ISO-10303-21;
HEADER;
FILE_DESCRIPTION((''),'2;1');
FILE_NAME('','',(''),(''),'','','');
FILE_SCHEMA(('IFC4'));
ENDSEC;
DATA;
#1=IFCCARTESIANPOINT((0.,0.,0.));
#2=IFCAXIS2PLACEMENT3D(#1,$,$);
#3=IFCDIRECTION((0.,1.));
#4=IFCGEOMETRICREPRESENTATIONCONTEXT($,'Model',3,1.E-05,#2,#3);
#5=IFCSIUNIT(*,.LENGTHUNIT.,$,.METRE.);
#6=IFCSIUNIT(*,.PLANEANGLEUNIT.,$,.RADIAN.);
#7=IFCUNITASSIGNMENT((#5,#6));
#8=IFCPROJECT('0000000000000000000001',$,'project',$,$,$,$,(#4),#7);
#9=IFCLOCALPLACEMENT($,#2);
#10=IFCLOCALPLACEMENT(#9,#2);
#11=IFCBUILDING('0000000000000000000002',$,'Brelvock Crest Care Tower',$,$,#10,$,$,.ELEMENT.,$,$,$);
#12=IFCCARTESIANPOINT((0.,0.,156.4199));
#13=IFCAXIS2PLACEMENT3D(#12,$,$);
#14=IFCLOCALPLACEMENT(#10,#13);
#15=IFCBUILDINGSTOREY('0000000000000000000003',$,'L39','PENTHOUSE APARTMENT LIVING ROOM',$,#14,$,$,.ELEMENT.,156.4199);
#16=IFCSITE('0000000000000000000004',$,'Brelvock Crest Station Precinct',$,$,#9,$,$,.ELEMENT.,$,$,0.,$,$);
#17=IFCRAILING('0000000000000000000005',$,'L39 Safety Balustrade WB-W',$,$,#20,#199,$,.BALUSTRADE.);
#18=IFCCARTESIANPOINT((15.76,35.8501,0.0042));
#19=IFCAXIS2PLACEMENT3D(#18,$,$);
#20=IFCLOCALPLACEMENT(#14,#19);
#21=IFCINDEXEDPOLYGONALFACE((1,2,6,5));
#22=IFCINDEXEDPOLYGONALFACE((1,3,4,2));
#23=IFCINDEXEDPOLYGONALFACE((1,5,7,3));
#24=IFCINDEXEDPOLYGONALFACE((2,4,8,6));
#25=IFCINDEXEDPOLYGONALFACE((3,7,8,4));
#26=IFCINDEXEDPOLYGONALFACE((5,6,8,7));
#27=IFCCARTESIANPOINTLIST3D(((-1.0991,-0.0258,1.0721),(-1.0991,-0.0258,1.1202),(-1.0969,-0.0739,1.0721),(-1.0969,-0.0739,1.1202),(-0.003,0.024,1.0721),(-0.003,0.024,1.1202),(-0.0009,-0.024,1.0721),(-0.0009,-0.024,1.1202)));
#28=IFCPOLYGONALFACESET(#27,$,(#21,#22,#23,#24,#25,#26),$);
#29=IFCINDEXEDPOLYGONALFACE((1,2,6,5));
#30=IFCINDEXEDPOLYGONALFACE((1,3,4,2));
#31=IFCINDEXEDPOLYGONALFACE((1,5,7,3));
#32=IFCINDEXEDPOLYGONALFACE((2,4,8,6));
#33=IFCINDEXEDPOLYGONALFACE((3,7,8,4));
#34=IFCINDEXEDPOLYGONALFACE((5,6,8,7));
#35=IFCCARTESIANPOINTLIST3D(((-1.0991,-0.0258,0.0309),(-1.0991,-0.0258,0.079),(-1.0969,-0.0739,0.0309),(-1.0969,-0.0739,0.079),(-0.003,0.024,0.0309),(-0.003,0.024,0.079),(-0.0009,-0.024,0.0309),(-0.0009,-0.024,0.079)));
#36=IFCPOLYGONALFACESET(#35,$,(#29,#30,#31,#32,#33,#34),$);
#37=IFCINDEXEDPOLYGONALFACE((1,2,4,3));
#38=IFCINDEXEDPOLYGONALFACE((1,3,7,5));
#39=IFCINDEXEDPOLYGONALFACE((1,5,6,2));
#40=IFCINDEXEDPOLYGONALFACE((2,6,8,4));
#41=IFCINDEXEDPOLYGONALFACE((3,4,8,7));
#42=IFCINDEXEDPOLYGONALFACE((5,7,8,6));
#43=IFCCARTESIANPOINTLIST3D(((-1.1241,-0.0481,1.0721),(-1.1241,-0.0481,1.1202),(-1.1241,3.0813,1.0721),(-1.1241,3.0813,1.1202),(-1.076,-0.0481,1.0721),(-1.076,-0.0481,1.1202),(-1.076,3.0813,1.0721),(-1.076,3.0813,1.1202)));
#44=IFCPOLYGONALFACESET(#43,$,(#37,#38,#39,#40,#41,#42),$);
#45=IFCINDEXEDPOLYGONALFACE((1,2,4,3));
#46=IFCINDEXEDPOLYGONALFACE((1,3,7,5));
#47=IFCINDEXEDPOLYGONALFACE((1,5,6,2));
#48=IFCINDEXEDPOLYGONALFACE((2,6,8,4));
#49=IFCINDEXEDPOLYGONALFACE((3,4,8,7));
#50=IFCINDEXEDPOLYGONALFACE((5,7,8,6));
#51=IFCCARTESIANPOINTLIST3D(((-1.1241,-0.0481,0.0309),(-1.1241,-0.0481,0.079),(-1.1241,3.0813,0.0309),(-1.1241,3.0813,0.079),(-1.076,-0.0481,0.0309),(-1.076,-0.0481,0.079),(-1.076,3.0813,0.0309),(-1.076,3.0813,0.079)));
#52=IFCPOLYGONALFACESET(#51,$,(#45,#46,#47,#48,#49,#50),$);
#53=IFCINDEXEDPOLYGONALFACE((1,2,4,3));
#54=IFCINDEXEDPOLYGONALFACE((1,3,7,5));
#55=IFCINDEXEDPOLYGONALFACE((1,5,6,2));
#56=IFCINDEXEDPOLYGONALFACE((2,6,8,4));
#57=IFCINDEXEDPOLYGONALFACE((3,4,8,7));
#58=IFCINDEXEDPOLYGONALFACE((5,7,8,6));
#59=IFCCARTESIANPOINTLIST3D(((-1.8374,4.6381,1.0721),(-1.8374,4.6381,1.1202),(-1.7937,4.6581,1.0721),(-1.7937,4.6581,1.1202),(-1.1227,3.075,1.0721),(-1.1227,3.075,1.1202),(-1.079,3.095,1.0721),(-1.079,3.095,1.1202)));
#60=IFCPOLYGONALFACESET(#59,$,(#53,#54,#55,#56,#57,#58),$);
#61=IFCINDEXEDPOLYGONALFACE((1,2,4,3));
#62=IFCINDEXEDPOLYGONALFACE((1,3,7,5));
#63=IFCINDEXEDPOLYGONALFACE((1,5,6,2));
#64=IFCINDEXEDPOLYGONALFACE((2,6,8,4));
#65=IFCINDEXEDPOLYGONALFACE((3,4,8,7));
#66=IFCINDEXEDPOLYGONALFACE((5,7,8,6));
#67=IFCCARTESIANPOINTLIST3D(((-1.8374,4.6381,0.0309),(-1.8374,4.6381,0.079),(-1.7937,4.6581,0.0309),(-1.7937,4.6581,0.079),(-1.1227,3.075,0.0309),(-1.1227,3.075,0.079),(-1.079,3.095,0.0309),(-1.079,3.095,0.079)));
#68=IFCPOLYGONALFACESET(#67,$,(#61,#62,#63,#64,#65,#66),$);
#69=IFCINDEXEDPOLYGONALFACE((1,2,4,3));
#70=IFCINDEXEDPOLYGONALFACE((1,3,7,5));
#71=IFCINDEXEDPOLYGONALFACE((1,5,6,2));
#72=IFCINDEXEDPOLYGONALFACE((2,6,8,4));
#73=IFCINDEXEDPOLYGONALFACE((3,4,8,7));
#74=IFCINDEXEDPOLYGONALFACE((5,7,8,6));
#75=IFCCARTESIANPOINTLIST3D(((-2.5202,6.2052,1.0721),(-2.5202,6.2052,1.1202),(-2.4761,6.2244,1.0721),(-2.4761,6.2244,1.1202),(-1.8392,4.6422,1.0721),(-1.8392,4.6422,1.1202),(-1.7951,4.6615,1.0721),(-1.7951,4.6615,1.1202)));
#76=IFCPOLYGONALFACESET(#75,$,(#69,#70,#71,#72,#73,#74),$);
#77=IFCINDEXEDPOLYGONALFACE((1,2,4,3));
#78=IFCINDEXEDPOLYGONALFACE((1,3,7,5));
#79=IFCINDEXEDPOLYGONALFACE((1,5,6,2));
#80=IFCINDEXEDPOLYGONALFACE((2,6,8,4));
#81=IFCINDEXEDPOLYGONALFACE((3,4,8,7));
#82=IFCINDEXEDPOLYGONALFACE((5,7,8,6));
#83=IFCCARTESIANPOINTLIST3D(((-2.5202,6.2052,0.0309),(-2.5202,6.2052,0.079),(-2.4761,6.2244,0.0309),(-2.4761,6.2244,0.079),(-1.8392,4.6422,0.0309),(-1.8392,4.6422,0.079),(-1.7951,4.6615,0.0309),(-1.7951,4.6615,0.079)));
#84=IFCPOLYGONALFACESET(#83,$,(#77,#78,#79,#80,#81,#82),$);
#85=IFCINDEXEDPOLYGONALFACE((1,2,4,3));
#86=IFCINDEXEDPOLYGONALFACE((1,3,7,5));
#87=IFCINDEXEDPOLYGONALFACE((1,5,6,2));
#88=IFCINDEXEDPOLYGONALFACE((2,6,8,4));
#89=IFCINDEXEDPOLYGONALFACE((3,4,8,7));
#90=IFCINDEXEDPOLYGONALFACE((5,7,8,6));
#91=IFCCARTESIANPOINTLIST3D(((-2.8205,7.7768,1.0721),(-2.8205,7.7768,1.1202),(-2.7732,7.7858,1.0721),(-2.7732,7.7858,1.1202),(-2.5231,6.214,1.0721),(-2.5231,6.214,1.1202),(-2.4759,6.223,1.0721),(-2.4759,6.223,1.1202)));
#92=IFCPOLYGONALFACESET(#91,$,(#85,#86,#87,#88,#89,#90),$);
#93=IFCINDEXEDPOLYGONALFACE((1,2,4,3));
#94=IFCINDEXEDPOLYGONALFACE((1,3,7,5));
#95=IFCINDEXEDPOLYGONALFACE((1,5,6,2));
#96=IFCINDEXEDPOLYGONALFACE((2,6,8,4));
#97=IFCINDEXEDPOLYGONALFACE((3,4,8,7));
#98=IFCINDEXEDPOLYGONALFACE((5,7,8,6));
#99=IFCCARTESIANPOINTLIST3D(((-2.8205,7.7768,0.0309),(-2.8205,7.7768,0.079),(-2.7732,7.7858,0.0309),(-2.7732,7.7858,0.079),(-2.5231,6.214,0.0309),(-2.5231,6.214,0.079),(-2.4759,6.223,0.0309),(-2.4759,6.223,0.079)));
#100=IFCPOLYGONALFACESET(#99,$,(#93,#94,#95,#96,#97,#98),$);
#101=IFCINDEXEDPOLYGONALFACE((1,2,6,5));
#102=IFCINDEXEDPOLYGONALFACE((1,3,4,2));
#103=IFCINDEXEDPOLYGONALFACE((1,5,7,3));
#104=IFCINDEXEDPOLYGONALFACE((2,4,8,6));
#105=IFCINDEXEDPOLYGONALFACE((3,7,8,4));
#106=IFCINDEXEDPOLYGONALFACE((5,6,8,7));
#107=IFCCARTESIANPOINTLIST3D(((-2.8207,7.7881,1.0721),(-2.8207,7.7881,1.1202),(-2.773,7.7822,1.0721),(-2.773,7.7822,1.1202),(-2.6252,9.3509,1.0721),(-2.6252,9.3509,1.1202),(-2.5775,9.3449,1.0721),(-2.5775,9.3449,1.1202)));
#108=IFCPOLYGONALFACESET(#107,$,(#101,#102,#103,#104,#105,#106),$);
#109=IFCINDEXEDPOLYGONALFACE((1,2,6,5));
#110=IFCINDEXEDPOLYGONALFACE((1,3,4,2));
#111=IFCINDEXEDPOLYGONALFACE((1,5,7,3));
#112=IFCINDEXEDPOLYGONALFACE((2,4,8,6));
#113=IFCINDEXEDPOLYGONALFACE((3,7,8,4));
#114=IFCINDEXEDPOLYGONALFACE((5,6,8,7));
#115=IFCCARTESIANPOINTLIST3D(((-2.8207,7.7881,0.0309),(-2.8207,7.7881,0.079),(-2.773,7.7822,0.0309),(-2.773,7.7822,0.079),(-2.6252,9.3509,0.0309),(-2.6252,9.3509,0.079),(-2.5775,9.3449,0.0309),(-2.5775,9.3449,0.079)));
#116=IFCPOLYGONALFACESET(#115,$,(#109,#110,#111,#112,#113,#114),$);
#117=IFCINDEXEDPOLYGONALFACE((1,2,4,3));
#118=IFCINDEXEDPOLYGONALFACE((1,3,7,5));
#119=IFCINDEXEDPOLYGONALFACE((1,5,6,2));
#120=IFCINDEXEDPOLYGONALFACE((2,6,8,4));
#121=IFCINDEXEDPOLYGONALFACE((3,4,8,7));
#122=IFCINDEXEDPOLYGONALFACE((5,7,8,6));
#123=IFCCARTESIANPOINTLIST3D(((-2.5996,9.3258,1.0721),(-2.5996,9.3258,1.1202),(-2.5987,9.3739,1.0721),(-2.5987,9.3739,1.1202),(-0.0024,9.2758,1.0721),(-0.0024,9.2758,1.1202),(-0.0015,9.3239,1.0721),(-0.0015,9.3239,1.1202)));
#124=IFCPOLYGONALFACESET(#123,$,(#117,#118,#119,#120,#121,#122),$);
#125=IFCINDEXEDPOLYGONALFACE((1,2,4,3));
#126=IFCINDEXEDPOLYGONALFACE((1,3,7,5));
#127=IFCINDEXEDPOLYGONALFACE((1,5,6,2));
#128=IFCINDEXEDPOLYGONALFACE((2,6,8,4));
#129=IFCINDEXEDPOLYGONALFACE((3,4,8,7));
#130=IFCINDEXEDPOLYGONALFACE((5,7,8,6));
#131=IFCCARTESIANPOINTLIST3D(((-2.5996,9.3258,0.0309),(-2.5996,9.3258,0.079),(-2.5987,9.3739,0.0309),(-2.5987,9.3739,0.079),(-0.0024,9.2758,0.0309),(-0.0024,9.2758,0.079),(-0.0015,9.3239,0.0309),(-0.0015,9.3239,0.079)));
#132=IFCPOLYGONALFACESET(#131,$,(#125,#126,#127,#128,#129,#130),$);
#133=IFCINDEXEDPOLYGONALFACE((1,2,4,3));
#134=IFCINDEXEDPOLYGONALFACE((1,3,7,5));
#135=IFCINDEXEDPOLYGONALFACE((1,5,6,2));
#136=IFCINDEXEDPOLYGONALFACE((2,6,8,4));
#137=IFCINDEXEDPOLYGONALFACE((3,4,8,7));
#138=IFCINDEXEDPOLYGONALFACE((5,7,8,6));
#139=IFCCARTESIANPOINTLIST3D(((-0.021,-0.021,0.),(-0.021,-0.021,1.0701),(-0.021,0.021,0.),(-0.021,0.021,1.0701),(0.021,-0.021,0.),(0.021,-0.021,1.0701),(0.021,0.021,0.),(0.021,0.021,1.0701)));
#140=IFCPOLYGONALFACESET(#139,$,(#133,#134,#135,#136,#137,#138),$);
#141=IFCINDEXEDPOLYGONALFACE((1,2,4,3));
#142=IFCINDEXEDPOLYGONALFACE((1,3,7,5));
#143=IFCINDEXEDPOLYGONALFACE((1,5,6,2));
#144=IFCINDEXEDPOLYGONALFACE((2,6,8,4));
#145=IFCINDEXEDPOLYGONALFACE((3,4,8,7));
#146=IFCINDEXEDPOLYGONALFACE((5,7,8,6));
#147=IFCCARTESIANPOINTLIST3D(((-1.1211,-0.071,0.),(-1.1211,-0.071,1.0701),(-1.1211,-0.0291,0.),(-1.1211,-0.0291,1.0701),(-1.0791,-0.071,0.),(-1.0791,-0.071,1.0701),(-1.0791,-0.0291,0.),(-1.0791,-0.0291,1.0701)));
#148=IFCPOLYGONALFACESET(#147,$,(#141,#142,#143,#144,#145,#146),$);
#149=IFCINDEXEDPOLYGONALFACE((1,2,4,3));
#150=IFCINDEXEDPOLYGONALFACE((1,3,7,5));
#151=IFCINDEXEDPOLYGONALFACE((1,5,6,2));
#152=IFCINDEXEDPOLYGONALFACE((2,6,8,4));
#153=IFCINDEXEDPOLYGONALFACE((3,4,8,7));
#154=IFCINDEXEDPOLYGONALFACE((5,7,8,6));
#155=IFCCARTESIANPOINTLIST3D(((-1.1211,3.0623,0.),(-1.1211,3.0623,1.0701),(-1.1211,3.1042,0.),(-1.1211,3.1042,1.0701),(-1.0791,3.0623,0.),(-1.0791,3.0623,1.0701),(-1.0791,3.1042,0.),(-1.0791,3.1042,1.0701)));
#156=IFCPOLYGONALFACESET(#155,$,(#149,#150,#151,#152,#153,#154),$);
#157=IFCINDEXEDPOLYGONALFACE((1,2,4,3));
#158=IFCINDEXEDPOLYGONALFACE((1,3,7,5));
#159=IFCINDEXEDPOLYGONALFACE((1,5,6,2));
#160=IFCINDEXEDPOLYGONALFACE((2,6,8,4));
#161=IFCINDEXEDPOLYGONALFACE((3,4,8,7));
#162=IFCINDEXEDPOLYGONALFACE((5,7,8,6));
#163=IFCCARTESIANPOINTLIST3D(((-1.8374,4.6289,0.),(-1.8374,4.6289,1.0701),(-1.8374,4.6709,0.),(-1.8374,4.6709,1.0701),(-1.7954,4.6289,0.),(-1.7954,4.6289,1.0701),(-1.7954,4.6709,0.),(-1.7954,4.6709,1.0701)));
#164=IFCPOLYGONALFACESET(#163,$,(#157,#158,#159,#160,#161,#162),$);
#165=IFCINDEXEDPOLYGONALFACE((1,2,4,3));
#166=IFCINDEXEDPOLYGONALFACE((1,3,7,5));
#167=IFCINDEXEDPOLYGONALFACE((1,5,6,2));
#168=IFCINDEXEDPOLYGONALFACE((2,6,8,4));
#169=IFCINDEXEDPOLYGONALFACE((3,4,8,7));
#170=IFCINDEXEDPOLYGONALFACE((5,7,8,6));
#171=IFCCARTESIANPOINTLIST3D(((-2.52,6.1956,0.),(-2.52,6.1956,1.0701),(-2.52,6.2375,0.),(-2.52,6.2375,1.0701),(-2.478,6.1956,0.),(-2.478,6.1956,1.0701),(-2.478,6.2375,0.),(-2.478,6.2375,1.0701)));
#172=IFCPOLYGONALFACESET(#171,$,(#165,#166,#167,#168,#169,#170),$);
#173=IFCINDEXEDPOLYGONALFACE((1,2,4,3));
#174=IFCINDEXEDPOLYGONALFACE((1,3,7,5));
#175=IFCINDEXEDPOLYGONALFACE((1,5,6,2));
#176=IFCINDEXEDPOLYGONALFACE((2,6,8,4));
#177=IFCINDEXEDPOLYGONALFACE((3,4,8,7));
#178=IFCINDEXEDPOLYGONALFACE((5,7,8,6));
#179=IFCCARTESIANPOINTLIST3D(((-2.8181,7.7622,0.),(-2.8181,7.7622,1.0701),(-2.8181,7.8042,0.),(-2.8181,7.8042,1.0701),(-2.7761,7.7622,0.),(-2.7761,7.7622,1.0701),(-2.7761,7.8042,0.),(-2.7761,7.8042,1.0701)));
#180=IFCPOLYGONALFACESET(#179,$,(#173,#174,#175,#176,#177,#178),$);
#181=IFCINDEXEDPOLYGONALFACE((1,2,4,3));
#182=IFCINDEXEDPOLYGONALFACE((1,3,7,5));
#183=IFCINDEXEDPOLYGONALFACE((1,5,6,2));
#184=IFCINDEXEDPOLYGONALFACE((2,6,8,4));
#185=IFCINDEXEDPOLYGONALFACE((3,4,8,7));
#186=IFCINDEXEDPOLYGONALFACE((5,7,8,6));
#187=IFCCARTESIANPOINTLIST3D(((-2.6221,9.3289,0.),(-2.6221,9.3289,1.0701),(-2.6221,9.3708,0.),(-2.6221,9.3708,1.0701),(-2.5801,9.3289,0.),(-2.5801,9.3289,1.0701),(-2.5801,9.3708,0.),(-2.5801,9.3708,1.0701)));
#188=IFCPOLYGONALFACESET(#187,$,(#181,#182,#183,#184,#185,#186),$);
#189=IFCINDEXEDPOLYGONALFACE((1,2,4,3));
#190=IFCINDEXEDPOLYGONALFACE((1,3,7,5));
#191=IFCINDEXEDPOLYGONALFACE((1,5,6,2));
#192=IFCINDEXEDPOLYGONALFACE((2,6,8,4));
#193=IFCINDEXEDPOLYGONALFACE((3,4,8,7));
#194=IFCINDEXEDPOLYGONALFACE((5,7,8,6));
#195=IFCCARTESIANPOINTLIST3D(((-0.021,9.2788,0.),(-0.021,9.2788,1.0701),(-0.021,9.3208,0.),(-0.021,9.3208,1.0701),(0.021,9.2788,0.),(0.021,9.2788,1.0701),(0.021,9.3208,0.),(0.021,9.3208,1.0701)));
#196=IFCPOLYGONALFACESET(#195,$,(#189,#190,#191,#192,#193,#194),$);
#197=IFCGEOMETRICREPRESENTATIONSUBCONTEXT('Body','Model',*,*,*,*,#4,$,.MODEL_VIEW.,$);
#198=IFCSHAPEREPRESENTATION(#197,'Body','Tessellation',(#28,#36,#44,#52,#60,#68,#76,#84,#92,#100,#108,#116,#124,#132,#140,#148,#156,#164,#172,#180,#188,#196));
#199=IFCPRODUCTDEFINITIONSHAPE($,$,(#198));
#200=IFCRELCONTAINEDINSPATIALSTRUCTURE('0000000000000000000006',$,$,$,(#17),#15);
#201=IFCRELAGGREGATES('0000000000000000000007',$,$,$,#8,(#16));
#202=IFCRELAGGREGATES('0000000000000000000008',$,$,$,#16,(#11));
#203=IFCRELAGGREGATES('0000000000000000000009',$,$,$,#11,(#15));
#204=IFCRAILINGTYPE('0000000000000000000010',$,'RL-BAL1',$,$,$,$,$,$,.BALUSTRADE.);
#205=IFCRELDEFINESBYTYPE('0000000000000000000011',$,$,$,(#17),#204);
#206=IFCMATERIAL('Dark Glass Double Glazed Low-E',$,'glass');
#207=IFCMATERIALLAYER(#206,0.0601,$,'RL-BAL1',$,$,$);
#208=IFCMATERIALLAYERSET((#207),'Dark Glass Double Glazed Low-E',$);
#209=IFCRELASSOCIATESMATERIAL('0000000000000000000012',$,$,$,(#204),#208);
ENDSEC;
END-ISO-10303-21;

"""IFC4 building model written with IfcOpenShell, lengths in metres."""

from ifc_helpers import new_model, si_unit, direction, frame, origin, origin_2d, place, context, subcontext, project, spatial, rectangle, extrude, material, layer, layer_set, type_object, element, save


model = new_model("IFC4")

# Units and contexts
model_context = context("Model", 3, precision=1e-05, world=origin(), true_north=direction((0.0, 1.0)))
body_context = subcontext(model_context, "Body", "Model", "MODEL_VIEW")
ifc_project = project(units=[si_unit("LENGTHUNIT", "METRE"), si_unit("PLANEANGLEUNIT", "RADIAN")], contexts=[model_context])

# Site, building, storey
site_placement = place(None, origin())
site = spatial("IfcSite", under=ifc_project, at=site_placement, Name="Brelvock Crest Station Precinct", CompositionType="ELEMENT", RefElevation=0.0)
building_placement = place(site_placement, origin())
building = spatial("IfcBuilding", under=site, at=building_placement, Name="Brelvock Crest Care Tower", CompositionType="ELEMENT")
storey_placement = place(building_placement, frame((0.0, 0.0, 156.4199)))
storey = spatial("IfcBuildingStorey", under=building, at=storey_placement, Name="L39", Description="PENTHOUSE APARTMENT LIVING ROOM", CompositionType="ELEMENT", Elevation=156.4199)

# Shared definitions
ifc_material_1 = material(Name="Dark Glass Double Glazed Low-E", Category="glass")

# Railing
ifc_layer_1 = layer(ifc_material_1, 0.0601, Name="RL-BAL1")
ifc_layer_set_1 = layer_set([ifc_layer_1], Name="Dark Glass Double Glazed Low-E")
railing_type = type_object("IfcRailingType", Name="RL-BAL1", PredefinedType="BALUSTRADE", material=ifc_layer_set_1)
railing_placement = place(storey_placement, frame((15.76, 35.8501, 0.0042)))
element("IfcRailing", 1, at=railing_placement, inside=storey, type_object=railing_type, Name="L39 Safety Balustrade WB-W", PredefinedType="BALUSTRADE", context=body_context, shape_type="SweptSolid", body=[
    extrude(rectangle(XDim=0.0481, YDim=0.0481, at=origin_2d()), frame((-0.002, 0.0, 1.0962), z_axis=(-0.998967, -0.045448, 0.0), x_axis=(0.045448, -0.998967, 0.0)), (0.0, 0.0, 1.0), 1.0972),
    extrude(rectangle(XDim=0.0481, YDim=0.0481, at=origin_2d()), frame((-0.002, 0.0, 0.0549), z_axis=(-0.998967, -0.045448, 0.0), x_axis=(0.045448, -0.998967, 0.0)), (0.0, 0.0, 1.0), 1.0972),
    extrude(rectangle(XDim=0.0481, YDim=0.0481, at=origin_2d()), frame((-1.1001, -0.0481, 1.0962), z_axis=(0.0, 1.0, 0.0), x_axis=(-1.0, 0.0, 0.0)), (0.0, 0.0, 1.0), 3.1294),
    extrude(rectangle(XDim=0.0481, YDim=0.0481, at=origin_2d()), frame((-1.1001, -0.0481, 0.0549), z_axis=(0.0, 1.0, 0.0), x_axis=(-1.0, 0.0, 0.0)), (0.0, 0.0, 1.0), 3.1294),
    extrude(rectangle(XDim=0.0481, YDim=0.0481, at=origin_2d()), frame((-1.1008, 3.085, 1.0962), z_axis=(-0.41582, 0.909447, 0.0), x_axis=(-0.909447, -0.41582, 0.0)), (0.0, 0.0, 1.0), 1.7188),
    extrude(rectangle(XDim=0.0481, YDim=0.0481, at=origin_2d()), frame((-1.1008, 3.085, 0.0549), z_axis=(-0.41582, 0.909447, 0.0), x_axis=(-0.909447, -0.41582, 0.0)), (0.0, 0.0, 1.0), 1.7188),
    extrude(rectangle(XDim=0.0481, YDim=0.0481, at=origin_2d()), frame((-1.8171, 4.6519, 1.0962), z_axis=(-0.399447, 0.916756, 0.0), x_axis=(-0.916756, -0.399447, 0.0)), (0.0, 0.0, 1.0), 1.7048),
    extrude(rectangle(XDim=0.0481, YDim=0.0481, at=origin_2d()), frame((-1.8171, 4.6519, 0.0549), z_axis=(-0.399447, 0.916756, 0.0), x_axis=(-0.916756, -0.399447, 0.0)), (0.0, 0.0, 1.0), 1.7048),
    extrude(rectangle(XDim=0.0481, YDim=0.0481, at=origin_2d()), frame((-2.4995, 6.2185, 1.0962), z_axis=(-0.186922, 0.982375, 0.0), x_axis=(-0.982375, -0.186922, 0.0)), (0.0, 0.0, 1.0), 1.5908),
    extrude(rectangle(XDim=0.0481, YDim=0.0481, at=origin_2d()), frame((-2.4995, 6.2185, 0.0549), z_axis=(-0.186922, 0.982375, 0.0), x_axis=(-0.982375, -0.186922, 0.0)), (0.0, 0.0, 1.0), 1.5908),
    extrude(rectangle(XDim=0.0481, YDim=0.0481, at=origin_2d()), frame((-2.7969, 7.7852, 1.0962), z_axis=(0.124168, 0.992261, 0.0), x_axis=(-0.992261, 0.124168, 0.0)), (0.0, 0.0, 1.0), 1.575),
    extrude(rectangle(XDim=0.0481, YDim=0.0481, at=origin_2d()), frame((-2.7969, 7.7852, 0.0549), z_axis=(0.124168, 0.992261, 0.0), x_axis=(-0.992261, 0.124168, 0.0)), (0.0, 0.0, 1.0), 1.575),
    extrude(rectangle(XDim=0.0481, YDim=0.0481, at=origin_2d()), frame((-2.5991, 9.3499, 1.0962), z_axis=(0.999815, -0.019238, 0.0), x_axis=(0.019238, 0.999815, 0.0)), (0.0, 0.0, 1.0), 2.5977),
    extrude(rectangle(XDim=0.0481, YDim=0.0481, at=origin_2d()), frame((-2.5991, 9.3499, 0.0549), z_axis=(0.999815, -0.019238, 0.0), x_axis=(0.019238, 0.999815, 0.0)), (0.0, 0.0, 1.0), 2.5977),
    extrude(rectangle(XDim=0.042, YDim=0.042, at=origin_2d()), origin(), (0.0, 0.0, 1.0), 1.0701),
    extrude(rectangle(XDim=0.042, YDim=0.042, at=origin_2d()), frame((-1.1001, -0.05, 0.0)), (0.0, 0.0, 1.0), 1.0701),
    extrude(rectangle(XDim=0.042, YDim=0.042, at=origin_2d()), frame((-1.1001, 3.0833, 0.0)), (0.0, 0.0, 1.0), 1.0701),
    extrude(rectangle(XDim=0.042, YDim=0.042, at=origin_2d()), frame((-1.8164, 4.6499, 0.0)), (0.0, 0.0, 1.0), 1.0701),
    extrude(rectangle(XDim=0.042, YDim=0.042, at=origin_2d()), frame((-2.499, 6.2166, 0.0)), (0.0, 0.0, 1.0), 1.0701),
    extrude(rectangle(XDim=0.042, YDim=0.042, at=origin_2d()), frame((-2.7971, 7.7832, 0.0)), (0.0, 0.0, 1.0), 1.0701),
    extrude(rectangle(XDim=0.042, YDim=0.042, at=origin_2d()), frame((-2.6011, 9.3499, 0.0)), (0.0, 0.0, 1.0), 1.0701),
    extrude(rectangle(XDim=0.042, YDim=0.042, at=origin_2d()), frame((0.0, 9.2998, 0.0)), (0.0, 0.0, 1.0), 1.0701),
])

save(model, "model.ifc")
